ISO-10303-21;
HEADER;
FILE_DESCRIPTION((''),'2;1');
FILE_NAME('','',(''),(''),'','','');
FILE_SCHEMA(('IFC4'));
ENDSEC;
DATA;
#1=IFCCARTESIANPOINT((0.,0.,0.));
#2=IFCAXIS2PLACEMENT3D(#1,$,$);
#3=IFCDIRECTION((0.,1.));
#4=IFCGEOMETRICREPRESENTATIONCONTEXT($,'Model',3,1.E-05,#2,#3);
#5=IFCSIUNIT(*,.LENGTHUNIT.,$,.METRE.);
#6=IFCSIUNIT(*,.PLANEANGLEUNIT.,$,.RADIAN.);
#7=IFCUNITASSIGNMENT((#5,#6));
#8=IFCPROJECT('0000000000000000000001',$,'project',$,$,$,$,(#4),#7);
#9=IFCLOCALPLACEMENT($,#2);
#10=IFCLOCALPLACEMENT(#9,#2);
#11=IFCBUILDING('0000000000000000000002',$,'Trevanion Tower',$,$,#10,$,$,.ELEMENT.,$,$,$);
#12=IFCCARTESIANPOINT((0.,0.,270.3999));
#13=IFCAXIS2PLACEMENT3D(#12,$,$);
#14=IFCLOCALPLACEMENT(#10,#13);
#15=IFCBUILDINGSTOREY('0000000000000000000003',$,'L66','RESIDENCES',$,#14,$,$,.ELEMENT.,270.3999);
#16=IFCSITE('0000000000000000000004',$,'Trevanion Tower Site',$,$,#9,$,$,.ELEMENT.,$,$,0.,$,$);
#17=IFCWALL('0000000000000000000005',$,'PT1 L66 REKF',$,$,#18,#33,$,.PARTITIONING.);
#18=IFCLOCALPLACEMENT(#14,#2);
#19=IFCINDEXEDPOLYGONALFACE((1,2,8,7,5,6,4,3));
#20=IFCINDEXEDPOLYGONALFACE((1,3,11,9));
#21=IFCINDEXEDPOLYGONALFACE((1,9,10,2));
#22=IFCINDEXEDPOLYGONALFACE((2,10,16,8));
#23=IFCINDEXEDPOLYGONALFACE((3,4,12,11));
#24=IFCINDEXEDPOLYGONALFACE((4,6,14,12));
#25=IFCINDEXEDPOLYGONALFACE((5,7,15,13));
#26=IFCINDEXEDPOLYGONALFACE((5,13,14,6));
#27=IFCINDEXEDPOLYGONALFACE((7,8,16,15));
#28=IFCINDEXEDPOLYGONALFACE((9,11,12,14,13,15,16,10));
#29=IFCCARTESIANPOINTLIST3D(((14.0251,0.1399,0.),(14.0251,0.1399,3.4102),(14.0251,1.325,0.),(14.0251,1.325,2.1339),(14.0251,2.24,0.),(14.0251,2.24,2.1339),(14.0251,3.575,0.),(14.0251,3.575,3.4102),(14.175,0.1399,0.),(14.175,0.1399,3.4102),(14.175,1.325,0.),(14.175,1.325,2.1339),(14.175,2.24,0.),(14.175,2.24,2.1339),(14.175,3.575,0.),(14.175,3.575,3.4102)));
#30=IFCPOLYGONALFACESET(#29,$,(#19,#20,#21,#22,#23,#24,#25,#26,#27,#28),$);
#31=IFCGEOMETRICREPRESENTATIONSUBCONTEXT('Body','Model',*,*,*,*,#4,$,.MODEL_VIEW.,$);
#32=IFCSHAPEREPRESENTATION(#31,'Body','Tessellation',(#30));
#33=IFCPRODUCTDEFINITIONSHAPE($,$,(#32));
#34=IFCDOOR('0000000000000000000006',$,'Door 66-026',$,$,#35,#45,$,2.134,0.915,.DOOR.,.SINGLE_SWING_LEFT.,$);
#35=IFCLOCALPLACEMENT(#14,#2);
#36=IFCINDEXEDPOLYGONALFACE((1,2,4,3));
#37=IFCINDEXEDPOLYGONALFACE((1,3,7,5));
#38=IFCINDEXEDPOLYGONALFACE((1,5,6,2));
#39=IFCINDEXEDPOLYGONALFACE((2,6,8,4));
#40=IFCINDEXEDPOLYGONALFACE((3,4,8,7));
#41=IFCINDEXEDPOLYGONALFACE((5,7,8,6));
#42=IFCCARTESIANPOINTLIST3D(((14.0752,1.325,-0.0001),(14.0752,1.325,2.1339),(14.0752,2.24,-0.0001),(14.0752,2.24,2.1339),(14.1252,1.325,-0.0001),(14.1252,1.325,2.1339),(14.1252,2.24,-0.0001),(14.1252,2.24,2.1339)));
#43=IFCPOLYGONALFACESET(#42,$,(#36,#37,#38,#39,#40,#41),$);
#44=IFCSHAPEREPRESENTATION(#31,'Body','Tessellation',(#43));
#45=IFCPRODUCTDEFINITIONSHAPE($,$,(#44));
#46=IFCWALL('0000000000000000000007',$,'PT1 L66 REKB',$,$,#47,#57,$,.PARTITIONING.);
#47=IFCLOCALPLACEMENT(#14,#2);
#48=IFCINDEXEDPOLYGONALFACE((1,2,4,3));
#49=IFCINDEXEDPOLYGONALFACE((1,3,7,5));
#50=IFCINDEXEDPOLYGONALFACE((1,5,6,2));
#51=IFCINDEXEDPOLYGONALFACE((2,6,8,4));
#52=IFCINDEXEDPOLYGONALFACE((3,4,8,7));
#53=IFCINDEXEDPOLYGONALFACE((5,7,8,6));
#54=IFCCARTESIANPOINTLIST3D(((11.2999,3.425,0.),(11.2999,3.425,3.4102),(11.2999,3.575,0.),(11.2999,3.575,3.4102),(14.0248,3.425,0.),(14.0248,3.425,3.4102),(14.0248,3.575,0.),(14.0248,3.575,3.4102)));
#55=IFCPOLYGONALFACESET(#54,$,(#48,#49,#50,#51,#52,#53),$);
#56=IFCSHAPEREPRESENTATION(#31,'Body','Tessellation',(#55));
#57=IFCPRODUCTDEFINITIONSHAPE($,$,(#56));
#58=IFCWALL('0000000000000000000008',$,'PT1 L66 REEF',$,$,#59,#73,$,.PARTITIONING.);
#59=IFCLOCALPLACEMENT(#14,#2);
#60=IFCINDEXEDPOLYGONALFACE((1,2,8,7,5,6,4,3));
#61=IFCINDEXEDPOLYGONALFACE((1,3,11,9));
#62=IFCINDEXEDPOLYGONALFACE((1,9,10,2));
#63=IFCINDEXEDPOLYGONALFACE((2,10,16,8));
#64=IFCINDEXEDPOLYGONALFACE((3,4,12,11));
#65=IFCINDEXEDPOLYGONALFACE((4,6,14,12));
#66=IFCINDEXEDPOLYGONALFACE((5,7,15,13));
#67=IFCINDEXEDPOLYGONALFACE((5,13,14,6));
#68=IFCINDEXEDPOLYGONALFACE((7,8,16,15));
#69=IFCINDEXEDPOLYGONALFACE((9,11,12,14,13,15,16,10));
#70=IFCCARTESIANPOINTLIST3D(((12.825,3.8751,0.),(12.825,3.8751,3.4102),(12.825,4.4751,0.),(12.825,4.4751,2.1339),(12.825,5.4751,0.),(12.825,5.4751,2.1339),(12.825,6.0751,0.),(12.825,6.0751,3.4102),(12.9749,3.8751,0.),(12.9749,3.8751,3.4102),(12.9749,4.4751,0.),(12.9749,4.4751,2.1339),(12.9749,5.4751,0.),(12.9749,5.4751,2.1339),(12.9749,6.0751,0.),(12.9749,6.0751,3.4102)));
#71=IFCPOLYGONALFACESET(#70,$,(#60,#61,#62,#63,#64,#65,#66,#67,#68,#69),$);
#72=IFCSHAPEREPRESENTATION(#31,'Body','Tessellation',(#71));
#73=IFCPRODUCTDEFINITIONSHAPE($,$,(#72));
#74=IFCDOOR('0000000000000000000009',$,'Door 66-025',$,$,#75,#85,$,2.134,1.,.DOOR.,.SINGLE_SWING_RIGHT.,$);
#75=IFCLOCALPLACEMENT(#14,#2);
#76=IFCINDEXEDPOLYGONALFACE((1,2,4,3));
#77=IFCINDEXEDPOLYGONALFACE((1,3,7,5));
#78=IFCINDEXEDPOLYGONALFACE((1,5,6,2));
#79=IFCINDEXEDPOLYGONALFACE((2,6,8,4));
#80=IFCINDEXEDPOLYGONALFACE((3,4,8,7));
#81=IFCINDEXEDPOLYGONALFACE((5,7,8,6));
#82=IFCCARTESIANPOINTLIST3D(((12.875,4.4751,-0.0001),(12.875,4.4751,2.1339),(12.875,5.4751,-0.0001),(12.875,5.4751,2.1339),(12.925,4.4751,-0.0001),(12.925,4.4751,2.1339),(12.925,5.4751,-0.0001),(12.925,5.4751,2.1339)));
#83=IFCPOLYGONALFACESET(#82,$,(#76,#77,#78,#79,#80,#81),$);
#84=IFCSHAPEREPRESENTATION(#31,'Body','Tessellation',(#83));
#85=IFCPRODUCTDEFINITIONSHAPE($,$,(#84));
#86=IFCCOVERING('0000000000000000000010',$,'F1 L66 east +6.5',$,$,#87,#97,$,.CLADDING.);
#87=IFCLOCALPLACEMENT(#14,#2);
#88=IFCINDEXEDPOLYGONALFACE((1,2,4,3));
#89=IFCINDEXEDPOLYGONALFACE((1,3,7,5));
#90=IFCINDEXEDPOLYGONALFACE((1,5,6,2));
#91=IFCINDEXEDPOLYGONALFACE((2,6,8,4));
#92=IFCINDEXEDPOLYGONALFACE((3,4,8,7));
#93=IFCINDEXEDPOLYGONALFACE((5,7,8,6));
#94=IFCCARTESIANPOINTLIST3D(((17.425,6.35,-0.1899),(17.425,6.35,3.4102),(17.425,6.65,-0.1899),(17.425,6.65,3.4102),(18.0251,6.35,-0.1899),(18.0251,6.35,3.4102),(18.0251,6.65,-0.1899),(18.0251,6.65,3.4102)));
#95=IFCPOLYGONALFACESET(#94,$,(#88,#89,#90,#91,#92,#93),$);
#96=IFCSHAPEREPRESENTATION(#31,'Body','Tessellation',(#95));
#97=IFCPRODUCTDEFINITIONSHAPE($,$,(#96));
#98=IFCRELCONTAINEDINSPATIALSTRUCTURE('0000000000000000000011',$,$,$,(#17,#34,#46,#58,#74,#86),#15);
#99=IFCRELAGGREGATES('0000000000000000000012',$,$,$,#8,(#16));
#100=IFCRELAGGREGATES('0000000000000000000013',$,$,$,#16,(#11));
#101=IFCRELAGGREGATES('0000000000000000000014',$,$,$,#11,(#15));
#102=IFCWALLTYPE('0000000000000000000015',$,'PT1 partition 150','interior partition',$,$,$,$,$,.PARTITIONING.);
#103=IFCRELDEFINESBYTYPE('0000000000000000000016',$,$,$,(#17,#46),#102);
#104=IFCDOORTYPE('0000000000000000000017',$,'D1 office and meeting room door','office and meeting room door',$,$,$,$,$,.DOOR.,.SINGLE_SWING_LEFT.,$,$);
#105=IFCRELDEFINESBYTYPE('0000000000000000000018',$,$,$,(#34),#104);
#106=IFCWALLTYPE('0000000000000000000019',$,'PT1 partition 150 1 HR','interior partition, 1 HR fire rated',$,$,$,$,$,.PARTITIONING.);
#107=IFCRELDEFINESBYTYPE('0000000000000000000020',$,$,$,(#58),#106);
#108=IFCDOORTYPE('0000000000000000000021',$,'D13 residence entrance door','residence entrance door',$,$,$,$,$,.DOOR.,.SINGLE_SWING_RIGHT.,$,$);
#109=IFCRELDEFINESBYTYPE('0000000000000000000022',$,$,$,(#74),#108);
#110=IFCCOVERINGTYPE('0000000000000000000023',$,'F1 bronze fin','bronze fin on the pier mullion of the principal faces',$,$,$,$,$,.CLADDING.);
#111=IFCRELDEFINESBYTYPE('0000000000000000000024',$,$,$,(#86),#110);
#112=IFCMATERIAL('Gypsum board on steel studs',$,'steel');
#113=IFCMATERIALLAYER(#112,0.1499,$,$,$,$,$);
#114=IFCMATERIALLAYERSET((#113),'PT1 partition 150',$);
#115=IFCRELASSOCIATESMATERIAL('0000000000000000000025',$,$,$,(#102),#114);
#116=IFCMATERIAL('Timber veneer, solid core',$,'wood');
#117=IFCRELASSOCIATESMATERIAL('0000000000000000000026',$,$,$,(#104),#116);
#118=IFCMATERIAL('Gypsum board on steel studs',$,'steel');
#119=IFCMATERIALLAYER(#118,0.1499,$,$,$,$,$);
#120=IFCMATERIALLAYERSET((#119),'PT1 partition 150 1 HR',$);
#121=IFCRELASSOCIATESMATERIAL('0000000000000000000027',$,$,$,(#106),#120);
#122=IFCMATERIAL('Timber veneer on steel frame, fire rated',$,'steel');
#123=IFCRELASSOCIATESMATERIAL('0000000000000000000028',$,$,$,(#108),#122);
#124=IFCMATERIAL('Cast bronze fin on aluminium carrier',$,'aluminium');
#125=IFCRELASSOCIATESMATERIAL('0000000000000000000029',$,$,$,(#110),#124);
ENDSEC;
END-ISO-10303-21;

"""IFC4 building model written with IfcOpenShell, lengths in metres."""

from ifc_helpers import new_model, si_unit, direction, frame, frame_2d, origin, origin_2d, place, context, subcontext, project, spatial, rectangle, extrude, material, layer, layer_set, type_object, element, fill, save


model = new_model("IFC4")

# Units and contexts
model_context = context("Model", 3, precision=1e-05, world=origin(), true_north=direction((0.0, 1.0)))
body_context = subcontext(model_context, "Body", "Model", "MODEL_VIEW")
ifc_project = project(units=[si_unit("LENGTHUNIT", "METRE"), si_unit("PLANEANGLEUNIT", "RADIAN")], contexts=[model_context])

# Site, building, storey
site_placement = place(None, origin())
site = spatial("IfcSite", under=ifc_project, at=site_placement, Name="Trevanion Tower Site", CompositionType="ELEMENT", RefElevation=0.0)
building_placement = place(site_placement, origin())
building = spatial("IfcBuilding", under=site, at=building_placement, Name="Trevanion Tower", CompositionType="ELEMENT")
storey_placement = place(building_placement, frame((0.0, 0.0, 270.3999)))
storey = spatial("IfcBuildingStorey", under=building, at=storey_placement, Name="L66", Description="RESIDENCES", CompositionType="ELEMENT", Elevation=270.3999)

# Shared definitions
ifc_material_1 = material(Name="Gypsum board on steel studs", Category="steel")
ifc_layer_1 = layer(ifc_material_1, 0.1499)
ifc_layer_set_1 = layer_set([ifc_layer_1], Name="PT1 partition 150")
wall_type_1 = type_object("IfcWallType", Name="PT1 partition 150", Description="interior partition", PredefinedType="PARTITIONING", material=ifc_layer_set_1)
ifc_material_2 = material(Name="Timber veneer, solid core", Category="wood")
door_type_1 = type_object("IfcDoorType", Name="D1 office and meeting room door", Description="office and meeting room door", OperationType="SINGLE_SWING_LEFT", PredefinedType="DOOR", material=ifc_material_2)

# Wall, opening, door
wall_1_placement = place(storey_placement, frame((14.1001, 0.1399, 0.0), z_axis=(0.0, 0.0, 1.0), x_axis=(0.0, 1.0, 0.0)))
wall_1 = element("IfcWall", 1, at=wall_1_placement, inside=storey, type_object=wall_type_1, Name="PT1 L66 REKF", PredefinedType="PARTITIONING", context=body_context, shape_type="SweptSolid", body=[
    extrude(rectangle(XDim=3.4351, YDim=0.1499, at=frame_2d((1.7175, 0.0))), origin(), (0.0, 0.0, 1.0), 3.4102),
])
opening_1_placement = place(wall_1_placement, frame((1.1851, 0.0, 0.0)))
opening_1 = element("IfcOpeningElement", 2, at=opening_1_placement, cuts=wall_1, PredefinedType="OPENING", context=body_context, shape_type="SweptSolid", body=[
    extrude(rectangle(XDim=0.915, YDim=2.134, at=frame_2d((0.4575, 1.0669))), frame((0.0, 0.085, 0.0), z_axis=(0.0, -1.0, 0.0), x_axis=(1.0, 0.0, 0.0)), (0.0, 0.0, 1.0), 0.1699),
])
door_1_placement = place(opening_1_placement, origin())
door_1 = element("IfcDoor", 3, at=door_1_placement, inside=storey, type_object=door_type_1, Name="Door 66-026", OperationType="SINGLE_SWING_LEFT", OverallHeight=2.134, OverallWidth=0.915, PredefinedType="DOOR", context=body_context, shape_type="SweptSolid", body=[
    extrude(rectangle(XDim=0.915, YDim=2.134, at=frame_2d((0.4575, 1.0669))), frame((0.0, 0.0249, 0.0), z_axis=(0.0, -1.0, 0.0), x_axis=(1.0, 0.0, 0.0)), (0.0, 0.0, 1.0), 0.05),
])
fill(opening_1, door_1)

# Wall
wall_2_placement = place(storey_placement, frame((11.3, 3.5, 0.0), z_axis=(0.0, 0.0, 1.0), x_axis=(1.0, 0.0, 0.0)))
element("IfcWall", 4, at=wall_2_placement, inside=storey, type_object=wall_type_1, Name="PT1 L66 REKB", PredefinedType="PARTITIONING", context=body_context, shape_type="SweptSolid", body=[
    extrude(rectangle(XDim=2.7249, YDim=0.1499, at=frame_2d((1.3623, 0.0))), origin(), (0.0, 0.0, 1.0), 3.4102),
])

# Wall, opening, door
ifc_material_3 = material(Name="Gypsum board on steel studs", Category="steel")
ifc_layer_2 = layer(ifc_material_3, 0.1499)
ifc_layer_set_2 = layer_set([ifc_layer_2], Name="PT1 partition 150 1 HR")
wall_type_2 = type_object("IfcWallType", Name="PT1 partition 150 1 HR", Description="interior partition, 1 HR fire rated", PredefinedType="PARTITIONING", material=ifc_layer_set_2)
wall_3_placement = place(storey_placement, frame((12.8999, 3.875, 0.0), z_axis=(0.0, 0.0, 1.0), x_axis=(0.0, 1.0, 0.0)))
wall_3 = element("IfcWall", 5, at=wall_3_placement, inside=storey, type_object=wall_type_2, Name="PT1 L66 REEF", PredefinedType="PARTITIONING", context=body_context, shape_type="SweptSolid", body=[
    extrude(rectangle(XDim=2.2, YDim=0.1499, at=frame_2d((1.1001, 0.0))), origin(), (0.0, 0.0, 1.0), 3.4102),
])
opening_2_placement = place(wall_3_placement, frame((0.6001, 0.0, 0.0)))
opening_2 = element("IfcOpeningElement", 6, at=opening_2_placement, cuts=wall_3, PredefinedType="OPENING", context=body_context, shape_type="SweptSolid", body=[
    extrude(rectangle(XDim=1.0, YDim=2.134, at=frame_2d((0.5, 1.0669))), frame((0.0, 0.085, 0.0), z_axis=(0.0, -1.0, 0.0), x_axis=(1.0, 0.0, 0.0)), (0.0, 0.0, 1.0), 0.1699),
])
ifc_material_4 = material(Name="Timber veneer on steel frame, fire rated", Category="steel")
door_type_2 = type_object("IfcDoorType", Name="D13 residence entrance door", Description="residence entrance door", OperationType="SINGLE_SWING_RIGHT", PredefinedType="DOOR", material=ifc_material_4)
door_2_placement = place(opening_2_placement, origin())
door_2 = element("IfcDoor", 7, at=door_2_placement, inside=storey, type_object=door_type_2, Name="Door 66-025", OperationType="SINGLE_SWING_RIGHT", OverallHeight=2.134, OverallWidth=1.0, PredefinedType="DOOR", context=body_context, shape_type="SweptSolid", body=[
    extrude(rectangle(XDim=1.0, YDim=2.134, at=frame_2d((0.5, 1.0669))), frame((0.0, 0.0249, 0.0), z_axis=(0.0, -1.0, 0.0), x_axis=(1.0, 0.0, 0.0)), (0.0, 0.0, 1.0), 0.05),
])
fill(opening_2, door_2)

# Covering
ifc_material_5 = material(Name="Cast bronze fin on aluminium carrier", Category="aluminium")
covering_type = type_object("IfcCoveringType", Name="F1 bronze fin", Description="bronze fin on the pier mullion of the principal faces", PredefinedType="CLADDING", material=ifc_material_5)
covering_placement = place(storey_placement, frame((17.7251, 6.5, -0.1899), z_axis=(0.0, 0.0, 1.0), x_axis=(0.0, 1.0, 0.0)))
element("IfcCovering", 8, at=covering_placement, inside=storey, type_object=covering_type, Name="F1 L66 east +6.5", PredefinedType="CLADDING", context=body_context, shape_type="SweptSolid", body=[
    extrude(rectangle(XDim=0.3, YDim=0.6001, at=origin_2d()), origin(), (0.0, 0.0, 1.0), 3.6001),
])

save(model, "model.ifc")
